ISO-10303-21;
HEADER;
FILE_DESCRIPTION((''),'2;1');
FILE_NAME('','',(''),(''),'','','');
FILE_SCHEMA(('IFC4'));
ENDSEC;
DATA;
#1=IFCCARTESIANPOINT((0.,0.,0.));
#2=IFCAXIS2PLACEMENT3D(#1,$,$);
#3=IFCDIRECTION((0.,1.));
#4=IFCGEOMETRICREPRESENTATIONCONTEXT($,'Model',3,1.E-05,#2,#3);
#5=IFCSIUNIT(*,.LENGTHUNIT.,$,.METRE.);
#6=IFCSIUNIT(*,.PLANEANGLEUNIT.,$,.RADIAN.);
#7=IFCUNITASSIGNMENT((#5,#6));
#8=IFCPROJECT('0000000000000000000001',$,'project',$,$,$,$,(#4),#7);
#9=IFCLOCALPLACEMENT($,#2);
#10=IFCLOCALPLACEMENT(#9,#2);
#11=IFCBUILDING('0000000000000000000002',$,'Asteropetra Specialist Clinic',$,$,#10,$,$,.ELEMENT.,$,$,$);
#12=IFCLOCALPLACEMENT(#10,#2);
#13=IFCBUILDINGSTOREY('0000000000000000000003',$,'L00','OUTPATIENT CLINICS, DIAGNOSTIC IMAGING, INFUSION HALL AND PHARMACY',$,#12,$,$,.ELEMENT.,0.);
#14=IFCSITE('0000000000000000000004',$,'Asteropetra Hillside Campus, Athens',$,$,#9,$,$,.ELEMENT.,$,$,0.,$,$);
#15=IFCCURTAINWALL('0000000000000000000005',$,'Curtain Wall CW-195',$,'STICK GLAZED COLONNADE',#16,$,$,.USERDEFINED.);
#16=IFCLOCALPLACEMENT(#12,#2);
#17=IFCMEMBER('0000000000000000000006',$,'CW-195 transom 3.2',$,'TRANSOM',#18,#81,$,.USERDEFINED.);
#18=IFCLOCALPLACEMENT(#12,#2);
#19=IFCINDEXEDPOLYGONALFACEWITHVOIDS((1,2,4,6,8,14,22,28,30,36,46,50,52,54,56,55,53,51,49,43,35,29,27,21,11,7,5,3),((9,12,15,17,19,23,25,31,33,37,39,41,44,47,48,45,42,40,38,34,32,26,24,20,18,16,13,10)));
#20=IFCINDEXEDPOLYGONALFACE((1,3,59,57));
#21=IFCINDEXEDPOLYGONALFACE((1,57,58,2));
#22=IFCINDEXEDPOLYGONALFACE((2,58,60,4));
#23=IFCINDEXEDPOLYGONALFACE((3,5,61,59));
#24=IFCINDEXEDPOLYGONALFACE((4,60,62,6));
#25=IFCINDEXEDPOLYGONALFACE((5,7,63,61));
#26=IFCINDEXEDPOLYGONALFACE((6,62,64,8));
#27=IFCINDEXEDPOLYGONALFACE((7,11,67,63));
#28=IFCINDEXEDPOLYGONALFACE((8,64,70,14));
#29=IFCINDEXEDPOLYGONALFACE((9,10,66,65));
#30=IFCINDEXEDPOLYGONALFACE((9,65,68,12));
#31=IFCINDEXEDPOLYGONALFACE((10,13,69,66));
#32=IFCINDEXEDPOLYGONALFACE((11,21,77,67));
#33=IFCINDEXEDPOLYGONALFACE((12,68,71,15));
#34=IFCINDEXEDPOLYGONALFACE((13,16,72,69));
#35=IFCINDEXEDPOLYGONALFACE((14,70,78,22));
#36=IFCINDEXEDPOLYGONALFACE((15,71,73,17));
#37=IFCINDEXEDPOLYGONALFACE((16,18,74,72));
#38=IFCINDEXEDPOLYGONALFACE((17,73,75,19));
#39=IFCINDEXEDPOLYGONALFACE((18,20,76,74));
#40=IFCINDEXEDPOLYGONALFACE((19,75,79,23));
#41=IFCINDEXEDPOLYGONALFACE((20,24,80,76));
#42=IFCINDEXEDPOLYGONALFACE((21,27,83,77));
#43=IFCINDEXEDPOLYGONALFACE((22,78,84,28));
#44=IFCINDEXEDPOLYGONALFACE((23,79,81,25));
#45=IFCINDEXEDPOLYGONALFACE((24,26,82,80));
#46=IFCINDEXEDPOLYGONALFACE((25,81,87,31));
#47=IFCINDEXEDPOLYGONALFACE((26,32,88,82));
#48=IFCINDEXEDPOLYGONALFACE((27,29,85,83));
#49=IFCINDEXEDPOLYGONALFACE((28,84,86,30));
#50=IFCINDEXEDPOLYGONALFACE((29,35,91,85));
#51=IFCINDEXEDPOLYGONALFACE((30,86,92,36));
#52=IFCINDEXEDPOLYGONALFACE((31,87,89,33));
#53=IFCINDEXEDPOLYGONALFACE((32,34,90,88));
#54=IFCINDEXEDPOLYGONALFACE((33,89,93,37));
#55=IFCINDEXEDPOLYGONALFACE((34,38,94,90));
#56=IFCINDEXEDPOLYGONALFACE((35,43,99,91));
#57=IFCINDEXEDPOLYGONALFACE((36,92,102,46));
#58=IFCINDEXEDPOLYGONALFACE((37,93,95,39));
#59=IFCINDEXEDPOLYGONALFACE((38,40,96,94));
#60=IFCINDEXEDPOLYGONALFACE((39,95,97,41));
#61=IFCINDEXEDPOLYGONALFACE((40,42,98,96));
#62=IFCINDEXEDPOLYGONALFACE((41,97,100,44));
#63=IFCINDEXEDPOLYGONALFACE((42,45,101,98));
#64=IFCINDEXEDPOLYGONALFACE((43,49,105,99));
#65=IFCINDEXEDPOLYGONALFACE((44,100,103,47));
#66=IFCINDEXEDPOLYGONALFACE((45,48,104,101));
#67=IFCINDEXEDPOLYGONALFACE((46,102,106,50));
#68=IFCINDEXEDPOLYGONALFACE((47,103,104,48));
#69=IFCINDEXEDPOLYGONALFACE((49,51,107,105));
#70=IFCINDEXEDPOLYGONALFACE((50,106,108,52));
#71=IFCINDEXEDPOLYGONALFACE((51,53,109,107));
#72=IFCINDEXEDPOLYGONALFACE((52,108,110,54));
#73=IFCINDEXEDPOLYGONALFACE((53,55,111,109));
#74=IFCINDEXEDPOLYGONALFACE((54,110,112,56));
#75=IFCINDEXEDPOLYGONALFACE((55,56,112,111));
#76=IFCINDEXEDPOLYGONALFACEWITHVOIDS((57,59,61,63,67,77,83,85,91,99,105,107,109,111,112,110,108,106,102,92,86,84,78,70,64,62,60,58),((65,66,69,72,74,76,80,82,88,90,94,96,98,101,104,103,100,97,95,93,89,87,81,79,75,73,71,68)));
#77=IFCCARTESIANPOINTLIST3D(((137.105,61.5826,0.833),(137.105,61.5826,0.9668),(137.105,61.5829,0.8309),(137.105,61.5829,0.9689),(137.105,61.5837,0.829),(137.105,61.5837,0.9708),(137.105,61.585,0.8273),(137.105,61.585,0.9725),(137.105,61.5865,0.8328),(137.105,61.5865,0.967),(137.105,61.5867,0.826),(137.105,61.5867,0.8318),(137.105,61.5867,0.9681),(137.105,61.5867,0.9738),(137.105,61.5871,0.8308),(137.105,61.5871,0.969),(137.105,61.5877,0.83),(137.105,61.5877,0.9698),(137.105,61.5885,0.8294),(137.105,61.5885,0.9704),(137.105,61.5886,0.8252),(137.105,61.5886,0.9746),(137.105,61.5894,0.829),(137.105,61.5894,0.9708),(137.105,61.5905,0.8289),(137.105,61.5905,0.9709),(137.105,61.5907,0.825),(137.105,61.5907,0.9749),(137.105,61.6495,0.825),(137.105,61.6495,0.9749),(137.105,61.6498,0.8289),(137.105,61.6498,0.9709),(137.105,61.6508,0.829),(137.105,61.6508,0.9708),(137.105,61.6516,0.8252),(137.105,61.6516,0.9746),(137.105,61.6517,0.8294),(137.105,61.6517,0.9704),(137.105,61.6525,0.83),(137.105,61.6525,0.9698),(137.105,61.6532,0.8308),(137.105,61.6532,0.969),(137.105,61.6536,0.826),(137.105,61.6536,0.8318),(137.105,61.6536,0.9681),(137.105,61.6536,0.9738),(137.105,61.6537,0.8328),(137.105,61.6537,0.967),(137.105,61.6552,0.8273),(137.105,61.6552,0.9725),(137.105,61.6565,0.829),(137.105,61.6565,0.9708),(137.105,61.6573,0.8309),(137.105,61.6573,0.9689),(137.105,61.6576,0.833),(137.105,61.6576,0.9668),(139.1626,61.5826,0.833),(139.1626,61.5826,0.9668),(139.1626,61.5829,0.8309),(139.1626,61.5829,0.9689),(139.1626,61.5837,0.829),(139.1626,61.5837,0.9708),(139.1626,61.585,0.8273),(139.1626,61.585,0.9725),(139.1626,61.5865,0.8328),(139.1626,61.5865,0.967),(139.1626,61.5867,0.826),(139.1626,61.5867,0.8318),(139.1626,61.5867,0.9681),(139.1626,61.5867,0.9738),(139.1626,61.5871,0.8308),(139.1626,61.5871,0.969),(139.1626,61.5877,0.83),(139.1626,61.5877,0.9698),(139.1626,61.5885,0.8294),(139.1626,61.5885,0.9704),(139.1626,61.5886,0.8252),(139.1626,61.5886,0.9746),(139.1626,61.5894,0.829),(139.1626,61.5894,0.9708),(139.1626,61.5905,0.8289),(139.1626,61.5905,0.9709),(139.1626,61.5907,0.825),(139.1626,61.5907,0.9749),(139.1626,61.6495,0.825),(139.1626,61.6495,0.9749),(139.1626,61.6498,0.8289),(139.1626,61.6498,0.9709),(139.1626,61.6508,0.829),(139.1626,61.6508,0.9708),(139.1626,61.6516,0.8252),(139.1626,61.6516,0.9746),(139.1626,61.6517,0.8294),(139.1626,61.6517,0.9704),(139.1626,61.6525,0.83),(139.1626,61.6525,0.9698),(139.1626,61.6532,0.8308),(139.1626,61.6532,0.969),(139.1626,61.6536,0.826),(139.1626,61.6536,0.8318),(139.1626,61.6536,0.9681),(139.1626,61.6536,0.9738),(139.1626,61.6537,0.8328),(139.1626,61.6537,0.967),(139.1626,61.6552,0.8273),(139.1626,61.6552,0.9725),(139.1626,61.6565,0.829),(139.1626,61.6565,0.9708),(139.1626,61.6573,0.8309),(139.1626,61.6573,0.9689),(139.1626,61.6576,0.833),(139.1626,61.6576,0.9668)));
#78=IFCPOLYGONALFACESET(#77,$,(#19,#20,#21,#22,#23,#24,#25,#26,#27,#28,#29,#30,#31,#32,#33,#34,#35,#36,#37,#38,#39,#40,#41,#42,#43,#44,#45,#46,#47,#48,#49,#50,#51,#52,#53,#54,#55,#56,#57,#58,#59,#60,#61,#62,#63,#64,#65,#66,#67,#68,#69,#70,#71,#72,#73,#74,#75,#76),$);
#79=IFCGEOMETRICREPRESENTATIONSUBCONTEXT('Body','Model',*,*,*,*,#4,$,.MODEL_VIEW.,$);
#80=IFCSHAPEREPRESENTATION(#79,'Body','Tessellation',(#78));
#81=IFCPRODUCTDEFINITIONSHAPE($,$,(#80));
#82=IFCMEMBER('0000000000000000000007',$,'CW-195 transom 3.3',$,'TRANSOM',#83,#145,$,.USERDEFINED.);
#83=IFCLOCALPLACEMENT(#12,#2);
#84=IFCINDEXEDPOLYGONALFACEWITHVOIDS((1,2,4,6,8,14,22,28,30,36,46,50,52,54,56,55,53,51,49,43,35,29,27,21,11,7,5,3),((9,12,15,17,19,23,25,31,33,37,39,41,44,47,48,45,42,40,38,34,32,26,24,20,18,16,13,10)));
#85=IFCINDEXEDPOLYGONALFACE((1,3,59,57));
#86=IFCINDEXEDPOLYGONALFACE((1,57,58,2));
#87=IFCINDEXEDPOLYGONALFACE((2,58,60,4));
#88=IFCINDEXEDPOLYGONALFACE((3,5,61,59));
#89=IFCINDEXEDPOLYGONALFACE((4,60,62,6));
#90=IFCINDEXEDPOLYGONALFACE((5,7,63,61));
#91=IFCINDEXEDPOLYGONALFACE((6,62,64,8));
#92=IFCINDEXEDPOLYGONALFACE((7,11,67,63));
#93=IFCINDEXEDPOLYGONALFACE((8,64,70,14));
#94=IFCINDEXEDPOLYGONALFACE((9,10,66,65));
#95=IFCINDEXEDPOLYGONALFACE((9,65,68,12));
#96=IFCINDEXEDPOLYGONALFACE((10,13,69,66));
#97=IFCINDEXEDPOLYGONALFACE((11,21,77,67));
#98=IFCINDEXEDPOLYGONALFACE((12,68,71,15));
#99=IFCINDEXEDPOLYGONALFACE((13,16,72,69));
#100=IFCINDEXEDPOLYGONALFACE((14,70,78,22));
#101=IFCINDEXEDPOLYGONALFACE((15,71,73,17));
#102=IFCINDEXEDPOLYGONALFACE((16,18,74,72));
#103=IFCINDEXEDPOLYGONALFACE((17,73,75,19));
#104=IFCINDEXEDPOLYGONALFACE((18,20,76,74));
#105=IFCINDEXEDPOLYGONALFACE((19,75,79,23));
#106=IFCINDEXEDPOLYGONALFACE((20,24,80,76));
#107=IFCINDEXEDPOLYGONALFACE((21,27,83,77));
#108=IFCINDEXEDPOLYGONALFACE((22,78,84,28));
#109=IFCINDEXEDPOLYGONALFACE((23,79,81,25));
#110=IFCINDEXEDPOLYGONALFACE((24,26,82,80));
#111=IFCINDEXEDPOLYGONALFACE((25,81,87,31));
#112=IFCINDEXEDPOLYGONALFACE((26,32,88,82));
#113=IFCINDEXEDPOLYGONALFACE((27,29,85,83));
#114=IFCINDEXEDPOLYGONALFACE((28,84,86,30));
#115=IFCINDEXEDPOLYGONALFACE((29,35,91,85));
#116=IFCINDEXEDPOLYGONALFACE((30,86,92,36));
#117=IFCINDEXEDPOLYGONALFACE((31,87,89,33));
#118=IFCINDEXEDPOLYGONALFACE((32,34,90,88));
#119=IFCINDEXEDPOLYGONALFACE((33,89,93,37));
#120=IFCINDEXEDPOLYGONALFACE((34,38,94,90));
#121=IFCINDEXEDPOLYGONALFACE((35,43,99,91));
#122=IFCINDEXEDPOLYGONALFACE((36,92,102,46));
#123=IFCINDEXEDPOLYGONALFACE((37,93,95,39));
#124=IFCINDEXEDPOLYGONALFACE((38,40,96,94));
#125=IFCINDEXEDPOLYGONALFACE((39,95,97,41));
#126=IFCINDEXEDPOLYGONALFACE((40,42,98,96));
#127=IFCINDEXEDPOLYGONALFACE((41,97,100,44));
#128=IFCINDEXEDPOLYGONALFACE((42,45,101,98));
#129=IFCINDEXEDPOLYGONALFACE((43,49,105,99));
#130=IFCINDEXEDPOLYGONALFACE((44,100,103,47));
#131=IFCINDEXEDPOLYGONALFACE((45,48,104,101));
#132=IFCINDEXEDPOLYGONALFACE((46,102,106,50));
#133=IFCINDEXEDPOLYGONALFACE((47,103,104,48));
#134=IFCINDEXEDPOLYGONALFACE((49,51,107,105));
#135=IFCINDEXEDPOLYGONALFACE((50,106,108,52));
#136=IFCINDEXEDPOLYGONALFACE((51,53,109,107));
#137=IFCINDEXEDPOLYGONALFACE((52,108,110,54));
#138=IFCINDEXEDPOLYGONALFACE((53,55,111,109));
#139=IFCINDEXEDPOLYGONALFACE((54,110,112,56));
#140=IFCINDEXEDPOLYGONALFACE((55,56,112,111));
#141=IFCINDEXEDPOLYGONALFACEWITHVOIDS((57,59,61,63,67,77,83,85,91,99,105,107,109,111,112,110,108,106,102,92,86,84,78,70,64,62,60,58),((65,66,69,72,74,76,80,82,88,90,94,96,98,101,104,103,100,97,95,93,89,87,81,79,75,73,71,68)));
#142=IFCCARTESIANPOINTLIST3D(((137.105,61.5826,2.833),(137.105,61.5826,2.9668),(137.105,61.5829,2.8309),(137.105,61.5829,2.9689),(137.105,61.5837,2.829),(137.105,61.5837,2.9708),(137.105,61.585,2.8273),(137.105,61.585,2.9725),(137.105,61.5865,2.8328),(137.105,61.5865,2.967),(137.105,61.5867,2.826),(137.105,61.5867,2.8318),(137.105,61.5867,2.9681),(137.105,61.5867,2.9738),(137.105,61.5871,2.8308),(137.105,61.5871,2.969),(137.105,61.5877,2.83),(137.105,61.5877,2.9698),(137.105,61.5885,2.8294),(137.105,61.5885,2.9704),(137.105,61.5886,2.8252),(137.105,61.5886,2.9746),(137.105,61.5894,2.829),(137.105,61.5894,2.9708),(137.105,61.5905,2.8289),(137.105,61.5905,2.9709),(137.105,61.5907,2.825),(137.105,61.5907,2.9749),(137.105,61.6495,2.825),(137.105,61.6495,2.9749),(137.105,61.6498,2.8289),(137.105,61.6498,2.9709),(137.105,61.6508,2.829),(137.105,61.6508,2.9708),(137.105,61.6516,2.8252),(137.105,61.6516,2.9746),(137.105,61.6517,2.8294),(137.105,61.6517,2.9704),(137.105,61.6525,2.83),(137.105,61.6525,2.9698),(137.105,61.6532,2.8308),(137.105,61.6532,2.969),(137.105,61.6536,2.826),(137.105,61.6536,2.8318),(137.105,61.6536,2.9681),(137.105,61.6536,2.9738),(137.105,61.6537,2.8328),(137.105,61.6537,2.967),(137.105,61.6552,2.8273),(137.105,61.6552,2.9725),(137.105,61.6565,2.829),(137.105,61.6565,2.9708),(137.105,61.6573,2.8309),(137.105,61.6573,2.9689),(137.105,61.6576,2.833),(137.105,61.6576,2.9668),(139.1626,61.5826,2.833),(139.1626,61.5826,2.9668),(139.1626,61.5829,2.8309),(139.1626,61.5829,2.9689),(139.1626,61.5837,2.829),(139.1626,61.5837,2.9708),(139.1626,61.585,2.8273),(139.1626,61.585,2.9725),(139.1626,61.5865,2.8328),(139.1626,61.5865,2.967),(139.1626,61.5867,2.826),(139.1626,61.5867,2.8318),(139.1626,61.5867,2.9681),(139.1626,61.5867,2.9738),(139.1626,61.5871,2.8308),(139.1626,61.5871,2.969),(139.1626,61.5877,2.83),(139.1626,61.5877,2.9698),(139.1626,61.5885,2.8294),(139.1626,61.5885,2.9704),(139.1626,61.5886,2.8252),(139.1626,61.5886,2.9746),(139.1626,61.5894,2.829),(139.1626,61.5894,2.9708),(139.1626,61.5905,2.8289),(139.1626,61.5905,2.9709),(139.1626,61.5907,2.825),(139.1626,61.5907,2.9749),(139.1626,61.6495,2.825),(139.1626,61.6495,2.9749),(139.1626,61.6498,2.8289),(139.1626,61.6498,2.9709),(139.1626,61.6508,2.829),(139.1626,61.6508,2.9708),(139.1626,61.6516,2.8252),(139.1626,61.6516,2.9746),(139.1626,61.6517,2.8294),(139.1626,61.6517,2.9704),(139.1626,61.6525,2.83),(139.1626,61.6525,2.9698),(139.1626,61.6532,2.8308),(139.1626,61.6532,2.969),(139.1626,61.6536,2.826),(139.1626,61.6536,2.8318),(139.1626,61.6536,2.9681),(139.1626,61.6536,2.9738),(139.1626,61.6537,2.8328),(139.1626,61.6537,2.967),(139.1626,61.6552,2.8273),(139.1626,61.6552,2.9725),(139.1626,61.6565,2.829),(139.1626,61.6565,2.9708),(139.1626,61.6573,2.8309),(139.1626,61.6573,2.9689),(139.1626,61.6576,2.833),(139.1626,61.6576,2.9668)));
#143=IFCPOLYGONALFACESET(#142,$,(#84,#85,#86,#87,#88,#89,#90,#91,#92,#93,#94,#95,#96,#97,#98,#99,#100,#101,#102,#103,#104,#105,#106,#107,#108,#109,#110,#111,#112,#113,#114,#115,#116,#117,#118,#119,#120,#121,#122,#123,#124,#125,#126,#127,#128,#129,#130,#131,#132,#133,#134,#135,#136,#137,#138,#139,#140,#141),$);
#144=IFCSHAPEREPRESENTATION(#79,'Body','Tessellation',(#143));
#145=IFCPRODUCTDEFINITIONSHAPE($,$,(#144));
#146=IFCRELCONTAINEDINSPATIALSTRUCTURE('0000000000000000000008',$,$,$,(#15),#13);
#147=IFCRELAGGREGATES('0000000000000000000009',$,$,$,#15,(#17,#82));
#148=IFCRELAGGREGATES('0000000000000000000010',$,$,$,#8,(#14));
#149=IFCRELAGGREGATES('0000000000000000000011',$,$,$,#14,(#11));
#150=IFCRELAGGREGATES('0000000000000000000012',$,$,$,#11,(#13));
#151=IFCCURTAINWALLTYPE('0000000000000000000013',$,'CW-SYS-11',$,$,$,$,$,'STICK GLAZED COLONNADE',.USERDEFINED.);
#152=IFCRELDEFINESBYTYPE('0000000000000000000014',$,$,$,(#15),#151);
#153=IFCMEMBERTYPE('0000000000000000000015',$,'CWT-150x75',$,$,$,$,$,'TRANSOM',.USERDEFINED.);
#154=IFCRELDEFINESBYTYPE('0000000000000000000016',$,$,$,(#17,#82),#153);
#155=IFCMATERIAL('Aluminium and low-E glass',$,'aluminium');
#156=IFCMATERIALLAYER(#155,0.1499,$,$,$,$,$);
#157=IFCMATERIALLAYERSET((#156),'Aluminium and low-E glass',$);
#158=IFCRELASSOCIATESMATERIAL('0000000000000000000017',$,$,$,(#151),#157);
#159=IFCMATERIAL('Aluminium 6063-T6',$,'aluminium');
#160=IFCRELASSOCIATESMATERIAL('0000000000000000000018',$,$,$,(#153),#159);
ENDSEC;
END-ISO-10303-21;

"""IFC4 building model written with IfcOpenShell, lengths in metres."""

from ifc_helpers import new_model, si_unit, direction, frame, origin, origin_2d, place, context, subcontext, project, spatial, hollow_rectangle, extrude, material, layer, layer_set, material_profile, profile_set, type_object, element, aggregate, save


model = new_model("IFC4")

# Units and contexts
model_context = context("Model", 3, precision=1e-05, world=origin(), true_north=direction((0.0, 1.0)))
body_context = subcontext(model_context, "Body", "Model", "MODEL_VIEW")
ifc_project = project(units=[si_unit("LENGTHUNIT", "METRE"), si_unit("PLANEANGLEUNIT", "RADIAN")], contexts=[model_context])

# Site, building, storey
site_placement = place(None, origin())
site = spatial("IfcSite", under=ifc_project, at=site_placement, Name="Asteropetra Hillside Campus, Athens", CompositionType="ELEMENT", RefElevation=0.0)
building_placement = place(site_placement, origin())
building = spatial("IfcBuilding", under=site, at=building_placement, Name="Asteropetra Specialist Clinic", CompositionType="ELEMENT")
storey_placement = place(building_placement, origin())
storey = spatial("IfcBuildingStorey", under=building, at=storey_placement, Name="L00", Description="OUTPATIENT CLINICS, DIAGNOSTIC IMAGING, INFUSION HALL AND PHARMACY", CompositionType="ELEMENT", Elevation=0.0)

# Curtain wall, members
ifc_material_1 = material(Name="Aluminium and low-E glass", Category="aluminium")
ifc_layer_1 = layer(ifc_material_1, 0.1499)
ifc_layer_set_1 = layer_set([ifc_layer_1], Name="Aluminium and low-E glass")
curtain_wall_type = type_object("IfcCurtainWallType", Name="CW-SYS-11", ElementType="STICK GLAZED COLONNADE", PredefinedType="USERDEFINED", material=ifc_layer_set_1)
curtain_wall_placement = place(storey_placement, origin())
curtain_wall = element("IfcCurtainWall", 1, at=curtain_wall_placement, inside=storey, type_object=curtain_wall_type, Name="Curtain Wall CW-195", ObjectType="STICK GLAZED COLONNADE", PredefinedType="USERDEFINED")
ifc_material_2 = material(Name="Aluminium 6063-T6", Category="aluminium")
ifc_material_profile_1 = material_profile(ifc_material_2, hollow_rectangle(XDim=0.075, YDim=0.1499, WallThickness=0.0039, InnerFilletRadius=0.0039, OuterFilletRadius=0.0081, at=origin_2d()), Name="TRN 150x75x4.0")
ifc_profile_set_1 = profile_set([ifc_material_profile_1], Name="Aluminium 6063-T6")
member_type_1 = type_object("IfcMemberType", Name="CWT-150x75", ElementType="TRANSOM", PredefinedType="USERDEFINED", material=ifc_profile_set_1)
member_1_placement = place(storey_placement, frame((139.1626, 61.6201, 0.8999), z_axis=(-1.0, 0.0, 0.0), x_axis=(0.0, -1.0, 0.0)))
member_1 = element("IfcMember", 2, at=member_1_placement, type_object=member_type_1, Name="CW-195 transom 3.2", ObjectType="TRANSOM", PredefinedType="USERDEFINED", context=body_context, shape_type="SweptSolid", body=[
    extrude(hollow_rectangle(XDim=0.075, YDim=0.1499, WallThickness=0.0039, InnerFilletRadius=0.0039, OuterFilletRadius=0.0081, at=origin_2d()), origin(), (0.0, 0.0, 1.0), 2.0576),
])
member_2_placement = place(storey_placement, frame((139.1626, 61.6201, 2.8999), z_axis=(-1.0, 0.0, 0.0), x_axis=(0.0, -1.0, 0.0)))
member_2 = element("IfcMember", 3, at=member_2_placement, type_object=member_type_1, Name="CW-195 transom 3.3", ObjectType="TRANSOM", PredefinedType="USERDEFINED", context=body_context, shape_type="SweptSolid", body=[
    extrude(hollow_rectangle(XDim=0.075, YDim=0.1499, WallThickness=0.0039, InnerFilletRadius=0.0039, OuterFilletRadius=0.0081, at=origin_2d()), origin(), (0.0, 0.0, 1.0), 2.0576),
])
aggregate(curtain_wall, [member_1, member_2])

save(model, "model.ifc")
